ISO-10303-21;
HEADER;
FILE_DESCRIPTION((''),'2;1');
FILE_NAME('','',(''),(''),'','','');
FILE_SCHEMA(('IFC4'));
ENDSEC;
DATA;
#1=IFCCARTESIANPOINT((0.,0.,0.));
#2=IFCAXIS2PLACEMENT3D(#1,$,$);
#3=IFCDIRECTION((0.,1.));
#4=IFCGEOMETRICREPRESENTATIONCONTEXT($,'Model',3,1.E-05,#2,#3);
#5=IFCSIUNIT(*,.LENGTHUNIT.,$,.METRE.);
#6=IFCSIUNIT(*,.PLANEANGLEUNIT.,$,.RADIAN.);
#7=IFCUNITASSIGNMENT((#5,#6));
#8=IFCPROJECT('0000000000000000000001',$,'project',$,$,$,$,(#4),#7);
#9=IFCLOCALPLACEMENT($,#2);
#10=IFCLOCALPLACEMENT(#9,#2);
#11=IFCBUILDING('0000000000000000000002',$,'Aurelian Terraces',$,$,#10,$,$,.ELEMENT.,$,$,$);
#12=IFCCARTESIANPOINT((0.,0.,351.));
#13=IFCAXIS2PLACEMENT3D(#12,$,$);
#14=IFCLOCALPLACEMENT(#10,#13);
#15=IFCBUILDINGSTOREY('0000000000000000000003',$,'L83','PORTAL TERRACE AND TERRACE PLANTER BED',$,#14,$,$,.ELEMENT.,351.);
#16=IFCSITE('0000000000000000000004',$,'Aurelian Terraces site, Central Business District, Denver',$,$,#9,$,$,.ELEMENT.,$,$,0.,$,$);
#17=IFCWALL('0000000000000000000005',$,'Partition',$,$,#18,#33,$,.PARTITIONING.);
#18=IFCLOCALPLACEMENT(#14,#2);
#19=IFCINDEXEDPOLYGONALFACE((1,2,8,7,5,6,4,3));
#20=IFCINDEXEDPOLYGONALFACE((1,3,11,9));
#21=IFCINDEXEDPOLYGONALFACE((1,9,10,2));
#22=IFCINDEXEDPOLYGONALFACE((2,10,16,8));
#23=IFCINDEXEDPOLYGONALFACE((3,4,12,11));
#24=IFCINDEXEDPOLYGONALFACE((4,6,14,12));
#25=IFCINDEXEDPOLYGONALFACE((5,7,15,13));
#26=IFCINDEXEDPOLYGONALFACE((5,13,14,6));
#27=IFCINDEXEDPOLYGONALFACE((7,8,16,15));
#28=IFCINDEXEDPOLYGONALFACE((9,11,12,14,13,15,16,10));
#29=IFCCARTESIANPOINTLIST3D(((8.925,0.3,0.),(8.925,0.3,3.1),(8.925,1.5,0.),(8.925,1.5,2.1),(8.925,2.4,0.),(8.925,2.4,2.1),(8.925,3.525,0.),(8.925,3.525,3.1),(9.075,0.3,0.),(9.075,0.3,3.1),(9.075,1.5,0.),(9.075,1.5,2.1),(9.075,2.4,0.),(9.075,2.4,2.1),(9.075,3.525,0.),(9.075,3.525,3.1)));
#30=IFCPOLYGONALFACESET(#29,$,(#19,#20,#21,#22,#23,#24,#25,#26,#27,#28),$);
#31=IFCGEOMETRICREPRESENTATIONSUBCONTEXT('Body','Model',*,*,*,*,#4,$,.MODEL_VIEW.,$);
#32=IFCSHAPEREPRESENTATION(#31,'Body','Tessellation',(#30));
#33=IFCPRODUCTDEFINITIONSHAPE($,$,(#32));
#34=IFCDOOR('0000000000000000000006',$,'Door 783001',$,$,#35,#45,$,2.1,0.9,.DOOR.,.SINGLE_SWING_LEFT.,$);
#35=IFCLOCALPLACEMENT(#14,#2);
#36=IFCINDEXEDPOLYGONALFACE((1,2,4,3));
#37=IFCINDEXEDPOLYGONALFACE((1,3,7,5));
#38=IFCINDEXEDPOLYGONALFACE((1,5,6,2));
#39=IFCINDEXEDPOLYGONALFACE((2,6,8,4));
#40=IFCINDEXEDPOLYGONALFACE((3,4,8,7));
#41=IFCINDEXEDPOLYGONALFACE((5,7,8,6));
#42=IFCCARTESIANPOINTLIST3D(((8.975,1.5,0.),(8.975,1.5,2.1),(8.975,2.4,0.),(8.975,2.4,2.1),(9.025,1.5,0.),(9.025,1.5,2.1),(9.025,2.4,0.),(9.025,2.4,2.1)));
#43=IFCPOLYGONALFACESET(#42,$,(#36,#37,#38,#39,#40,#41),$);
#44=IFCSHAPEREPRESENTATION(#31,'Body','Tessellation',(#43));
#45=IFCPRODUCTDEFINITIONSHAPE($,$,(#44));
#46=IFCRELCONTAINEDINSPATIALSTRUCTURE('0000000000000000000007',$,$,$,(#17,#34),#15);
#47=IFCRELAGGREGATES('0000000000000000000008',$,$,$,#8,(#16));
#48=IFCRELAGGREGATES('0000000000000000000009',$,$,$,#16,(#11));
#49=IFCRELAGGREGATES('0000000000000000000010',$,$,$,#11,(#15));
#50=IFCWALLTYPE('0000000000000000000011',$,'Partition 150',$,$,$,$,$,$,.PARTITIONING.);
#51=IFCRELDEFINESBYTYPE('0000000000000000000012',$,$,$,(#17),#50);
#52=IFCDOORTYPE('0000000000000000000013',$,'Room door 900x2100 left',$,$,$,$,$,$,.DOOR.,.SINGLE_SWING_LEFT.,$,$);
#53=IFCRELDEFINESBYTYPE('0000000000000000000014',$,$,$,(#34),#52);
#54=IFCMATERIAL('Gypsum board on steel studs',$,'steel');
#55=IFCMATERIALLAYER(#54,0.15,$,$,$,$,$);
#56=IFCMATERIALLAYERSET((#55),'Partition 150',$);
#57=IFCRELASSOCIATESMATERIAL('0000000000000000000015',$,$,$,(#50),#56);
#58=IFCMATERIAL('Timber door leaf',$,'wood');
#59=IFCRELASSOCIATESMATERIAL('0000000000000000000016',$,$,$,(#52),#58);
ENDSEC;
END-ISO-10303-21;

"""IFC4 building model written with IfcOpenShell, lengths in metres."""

from ifc_helpers import new_model, si_unit, direction, frame, frame_2d, origin, place, context, subcontext, project, spatial, rectangle, extrude, source, transform, mapped, material, layer, layer_set, type_object, element, fill, save


model = new_model("IFC4")

# Units and contexts
model_context = context("Model", 3, precision=1e-05, world=origin(), true_north=direction((0.0, 1.0)))
body_context = subcontext(model_context, "Body", "Model", "MODEL_VIEW")
ifc_project = project(units=[si_unit("LENGTHUNIT", "METRE"), si_unit("PLANEANGLEUNIT", "RADIAN")], contexts=[model_context])

# Site, building, storey
site_placement = place(None, origin())
site = spatial("IfcSite", under=ifc_project, at=site_placement, Name="Aurelian Terraces site, Central Business District, Denver", CompositionType="ELEMENT", RefElevation=0.0)
building_placement = place(site_placement, origin())
building = spatial("IfcBuilding", under=site, at=building_placement, Name="Aurelian Terraces", CompositionType="ELEMENT")
storey_placement = place(building_placement, frame((0.0, 0.0, 351.0)))
storey = spatial("IfcBuildingStorey", under=building, at=storey_placement, Name="L83", Description="PORTAL TERRACE AND TERRACE PLANTER BED", CompositionType="ELEMENT", Elevation=351.0)

# Shared definitions
shared_shape_1 = source(origin(), body_context, "Body", "SweptSolid", [
    extrude(rectangle(XDim=0.9, YDim=2.1, at=frame_2d((0.45, 1.05))), frame((0.0, 0.025, 0.0), z_axis=(0.0, -1.0, 0.0), x_axis=(1.0, 0.0, 0.0)), (0.0, 0.0, 1.0), 0.05),
])

# Wall, opening, door
ifc_material_1 = material(Name="Gypsum board on steel studs", Category="steel")
ifc_layer_1 = layer(ifc_material_1, 0.15)
ifc_layer_set_1 = layer_set([ifc_layer_1], Name="Partition 150")
wall_type_1 = type_object("IfcWallType", Name="Partition 150", PredefinedType="PARTITIONING", material=ifc_layer_set_1)
shared_shape_2 = source(origin(), body_context, "Body", "SweptSolid", [
    extrude(rectangle(XDim=3.225, YDim=0.15, at=frame_2d((1.6125, 0.0))), origin(), (0.0, 0.0, 1.0), 3.1),
])
wall_1_placement = place(storey_placement, frame((9.0, 3.525, 0.0), z_axis=(0.0, 0.0, 1.0), x_axis=(0.0, -1.0, 0.0)))
wall_1 = element("IfcWall", 1, at=wall_1_placement, inside=storey, type_object=wall_type_1, Name="Partition", PredefinedType="PARTITIONING", context=body_context, shape_type="MappedRepresentation", body=[
    mapped(shared_shape_2, transform((0.0, 0.0, 0.0), scale=1.0)),
])
shared_shape_3 = source(origin(), body_context, "Body", "SweptSolid", [
    extrude(rectangle(XDim=0.9, YDim=2.1, at=frame_2d((0.45, 1.05))), frame((0.0, 0.085, 0.0), z_axis=(0.0, -1.0, 0.0), x_axis=(1.0, 0.0, 0.0)), (0.0, 0.0, 1.0), 0.17),
])
opening_1_placement = place(wall_1_placement, frame((1.125, 0.0, 0.0)))
opening_1 = element("IfcOpeningElement", 2, at=opening_1_placement, cuts=wall_1, PredefinedType="OPENING", context=body_context, shape_type="MappedRepresentation", body=[
    mapped(shared_shape_3, transform((0.0, 0.0, 0.0), scale=1.0)),
])
ifc_material_2 = material(Name="Timber door leaf", Category="wood")
door_type_1 = type_object("IfcDoorType", Name="Room door 900x2100 left", OperationType="SINGLE_SWING_LEFT", PredefinedType="DOOR", material=ifc_material_2)
door_1_placement = place(opening_1_placement, origin())
door_1 = element("IfcDoor", 3, at=door_1_placement, inside=storey, type_object=door_type_1, Name="Door 783001", OperationType="SINGLE_SWING_LEFT", OverallHeight=2.1, OverallWidth=0.9, PredefinedType="DOOR", context=body_context, shape_type="MappedRepresentation", body=[
    mapped(shared_shape_1, transform((0.0, 0.0, 0.0), scale=1.0)),
])
fill(opening_1, door_1)

save(model, "model.ifc")
